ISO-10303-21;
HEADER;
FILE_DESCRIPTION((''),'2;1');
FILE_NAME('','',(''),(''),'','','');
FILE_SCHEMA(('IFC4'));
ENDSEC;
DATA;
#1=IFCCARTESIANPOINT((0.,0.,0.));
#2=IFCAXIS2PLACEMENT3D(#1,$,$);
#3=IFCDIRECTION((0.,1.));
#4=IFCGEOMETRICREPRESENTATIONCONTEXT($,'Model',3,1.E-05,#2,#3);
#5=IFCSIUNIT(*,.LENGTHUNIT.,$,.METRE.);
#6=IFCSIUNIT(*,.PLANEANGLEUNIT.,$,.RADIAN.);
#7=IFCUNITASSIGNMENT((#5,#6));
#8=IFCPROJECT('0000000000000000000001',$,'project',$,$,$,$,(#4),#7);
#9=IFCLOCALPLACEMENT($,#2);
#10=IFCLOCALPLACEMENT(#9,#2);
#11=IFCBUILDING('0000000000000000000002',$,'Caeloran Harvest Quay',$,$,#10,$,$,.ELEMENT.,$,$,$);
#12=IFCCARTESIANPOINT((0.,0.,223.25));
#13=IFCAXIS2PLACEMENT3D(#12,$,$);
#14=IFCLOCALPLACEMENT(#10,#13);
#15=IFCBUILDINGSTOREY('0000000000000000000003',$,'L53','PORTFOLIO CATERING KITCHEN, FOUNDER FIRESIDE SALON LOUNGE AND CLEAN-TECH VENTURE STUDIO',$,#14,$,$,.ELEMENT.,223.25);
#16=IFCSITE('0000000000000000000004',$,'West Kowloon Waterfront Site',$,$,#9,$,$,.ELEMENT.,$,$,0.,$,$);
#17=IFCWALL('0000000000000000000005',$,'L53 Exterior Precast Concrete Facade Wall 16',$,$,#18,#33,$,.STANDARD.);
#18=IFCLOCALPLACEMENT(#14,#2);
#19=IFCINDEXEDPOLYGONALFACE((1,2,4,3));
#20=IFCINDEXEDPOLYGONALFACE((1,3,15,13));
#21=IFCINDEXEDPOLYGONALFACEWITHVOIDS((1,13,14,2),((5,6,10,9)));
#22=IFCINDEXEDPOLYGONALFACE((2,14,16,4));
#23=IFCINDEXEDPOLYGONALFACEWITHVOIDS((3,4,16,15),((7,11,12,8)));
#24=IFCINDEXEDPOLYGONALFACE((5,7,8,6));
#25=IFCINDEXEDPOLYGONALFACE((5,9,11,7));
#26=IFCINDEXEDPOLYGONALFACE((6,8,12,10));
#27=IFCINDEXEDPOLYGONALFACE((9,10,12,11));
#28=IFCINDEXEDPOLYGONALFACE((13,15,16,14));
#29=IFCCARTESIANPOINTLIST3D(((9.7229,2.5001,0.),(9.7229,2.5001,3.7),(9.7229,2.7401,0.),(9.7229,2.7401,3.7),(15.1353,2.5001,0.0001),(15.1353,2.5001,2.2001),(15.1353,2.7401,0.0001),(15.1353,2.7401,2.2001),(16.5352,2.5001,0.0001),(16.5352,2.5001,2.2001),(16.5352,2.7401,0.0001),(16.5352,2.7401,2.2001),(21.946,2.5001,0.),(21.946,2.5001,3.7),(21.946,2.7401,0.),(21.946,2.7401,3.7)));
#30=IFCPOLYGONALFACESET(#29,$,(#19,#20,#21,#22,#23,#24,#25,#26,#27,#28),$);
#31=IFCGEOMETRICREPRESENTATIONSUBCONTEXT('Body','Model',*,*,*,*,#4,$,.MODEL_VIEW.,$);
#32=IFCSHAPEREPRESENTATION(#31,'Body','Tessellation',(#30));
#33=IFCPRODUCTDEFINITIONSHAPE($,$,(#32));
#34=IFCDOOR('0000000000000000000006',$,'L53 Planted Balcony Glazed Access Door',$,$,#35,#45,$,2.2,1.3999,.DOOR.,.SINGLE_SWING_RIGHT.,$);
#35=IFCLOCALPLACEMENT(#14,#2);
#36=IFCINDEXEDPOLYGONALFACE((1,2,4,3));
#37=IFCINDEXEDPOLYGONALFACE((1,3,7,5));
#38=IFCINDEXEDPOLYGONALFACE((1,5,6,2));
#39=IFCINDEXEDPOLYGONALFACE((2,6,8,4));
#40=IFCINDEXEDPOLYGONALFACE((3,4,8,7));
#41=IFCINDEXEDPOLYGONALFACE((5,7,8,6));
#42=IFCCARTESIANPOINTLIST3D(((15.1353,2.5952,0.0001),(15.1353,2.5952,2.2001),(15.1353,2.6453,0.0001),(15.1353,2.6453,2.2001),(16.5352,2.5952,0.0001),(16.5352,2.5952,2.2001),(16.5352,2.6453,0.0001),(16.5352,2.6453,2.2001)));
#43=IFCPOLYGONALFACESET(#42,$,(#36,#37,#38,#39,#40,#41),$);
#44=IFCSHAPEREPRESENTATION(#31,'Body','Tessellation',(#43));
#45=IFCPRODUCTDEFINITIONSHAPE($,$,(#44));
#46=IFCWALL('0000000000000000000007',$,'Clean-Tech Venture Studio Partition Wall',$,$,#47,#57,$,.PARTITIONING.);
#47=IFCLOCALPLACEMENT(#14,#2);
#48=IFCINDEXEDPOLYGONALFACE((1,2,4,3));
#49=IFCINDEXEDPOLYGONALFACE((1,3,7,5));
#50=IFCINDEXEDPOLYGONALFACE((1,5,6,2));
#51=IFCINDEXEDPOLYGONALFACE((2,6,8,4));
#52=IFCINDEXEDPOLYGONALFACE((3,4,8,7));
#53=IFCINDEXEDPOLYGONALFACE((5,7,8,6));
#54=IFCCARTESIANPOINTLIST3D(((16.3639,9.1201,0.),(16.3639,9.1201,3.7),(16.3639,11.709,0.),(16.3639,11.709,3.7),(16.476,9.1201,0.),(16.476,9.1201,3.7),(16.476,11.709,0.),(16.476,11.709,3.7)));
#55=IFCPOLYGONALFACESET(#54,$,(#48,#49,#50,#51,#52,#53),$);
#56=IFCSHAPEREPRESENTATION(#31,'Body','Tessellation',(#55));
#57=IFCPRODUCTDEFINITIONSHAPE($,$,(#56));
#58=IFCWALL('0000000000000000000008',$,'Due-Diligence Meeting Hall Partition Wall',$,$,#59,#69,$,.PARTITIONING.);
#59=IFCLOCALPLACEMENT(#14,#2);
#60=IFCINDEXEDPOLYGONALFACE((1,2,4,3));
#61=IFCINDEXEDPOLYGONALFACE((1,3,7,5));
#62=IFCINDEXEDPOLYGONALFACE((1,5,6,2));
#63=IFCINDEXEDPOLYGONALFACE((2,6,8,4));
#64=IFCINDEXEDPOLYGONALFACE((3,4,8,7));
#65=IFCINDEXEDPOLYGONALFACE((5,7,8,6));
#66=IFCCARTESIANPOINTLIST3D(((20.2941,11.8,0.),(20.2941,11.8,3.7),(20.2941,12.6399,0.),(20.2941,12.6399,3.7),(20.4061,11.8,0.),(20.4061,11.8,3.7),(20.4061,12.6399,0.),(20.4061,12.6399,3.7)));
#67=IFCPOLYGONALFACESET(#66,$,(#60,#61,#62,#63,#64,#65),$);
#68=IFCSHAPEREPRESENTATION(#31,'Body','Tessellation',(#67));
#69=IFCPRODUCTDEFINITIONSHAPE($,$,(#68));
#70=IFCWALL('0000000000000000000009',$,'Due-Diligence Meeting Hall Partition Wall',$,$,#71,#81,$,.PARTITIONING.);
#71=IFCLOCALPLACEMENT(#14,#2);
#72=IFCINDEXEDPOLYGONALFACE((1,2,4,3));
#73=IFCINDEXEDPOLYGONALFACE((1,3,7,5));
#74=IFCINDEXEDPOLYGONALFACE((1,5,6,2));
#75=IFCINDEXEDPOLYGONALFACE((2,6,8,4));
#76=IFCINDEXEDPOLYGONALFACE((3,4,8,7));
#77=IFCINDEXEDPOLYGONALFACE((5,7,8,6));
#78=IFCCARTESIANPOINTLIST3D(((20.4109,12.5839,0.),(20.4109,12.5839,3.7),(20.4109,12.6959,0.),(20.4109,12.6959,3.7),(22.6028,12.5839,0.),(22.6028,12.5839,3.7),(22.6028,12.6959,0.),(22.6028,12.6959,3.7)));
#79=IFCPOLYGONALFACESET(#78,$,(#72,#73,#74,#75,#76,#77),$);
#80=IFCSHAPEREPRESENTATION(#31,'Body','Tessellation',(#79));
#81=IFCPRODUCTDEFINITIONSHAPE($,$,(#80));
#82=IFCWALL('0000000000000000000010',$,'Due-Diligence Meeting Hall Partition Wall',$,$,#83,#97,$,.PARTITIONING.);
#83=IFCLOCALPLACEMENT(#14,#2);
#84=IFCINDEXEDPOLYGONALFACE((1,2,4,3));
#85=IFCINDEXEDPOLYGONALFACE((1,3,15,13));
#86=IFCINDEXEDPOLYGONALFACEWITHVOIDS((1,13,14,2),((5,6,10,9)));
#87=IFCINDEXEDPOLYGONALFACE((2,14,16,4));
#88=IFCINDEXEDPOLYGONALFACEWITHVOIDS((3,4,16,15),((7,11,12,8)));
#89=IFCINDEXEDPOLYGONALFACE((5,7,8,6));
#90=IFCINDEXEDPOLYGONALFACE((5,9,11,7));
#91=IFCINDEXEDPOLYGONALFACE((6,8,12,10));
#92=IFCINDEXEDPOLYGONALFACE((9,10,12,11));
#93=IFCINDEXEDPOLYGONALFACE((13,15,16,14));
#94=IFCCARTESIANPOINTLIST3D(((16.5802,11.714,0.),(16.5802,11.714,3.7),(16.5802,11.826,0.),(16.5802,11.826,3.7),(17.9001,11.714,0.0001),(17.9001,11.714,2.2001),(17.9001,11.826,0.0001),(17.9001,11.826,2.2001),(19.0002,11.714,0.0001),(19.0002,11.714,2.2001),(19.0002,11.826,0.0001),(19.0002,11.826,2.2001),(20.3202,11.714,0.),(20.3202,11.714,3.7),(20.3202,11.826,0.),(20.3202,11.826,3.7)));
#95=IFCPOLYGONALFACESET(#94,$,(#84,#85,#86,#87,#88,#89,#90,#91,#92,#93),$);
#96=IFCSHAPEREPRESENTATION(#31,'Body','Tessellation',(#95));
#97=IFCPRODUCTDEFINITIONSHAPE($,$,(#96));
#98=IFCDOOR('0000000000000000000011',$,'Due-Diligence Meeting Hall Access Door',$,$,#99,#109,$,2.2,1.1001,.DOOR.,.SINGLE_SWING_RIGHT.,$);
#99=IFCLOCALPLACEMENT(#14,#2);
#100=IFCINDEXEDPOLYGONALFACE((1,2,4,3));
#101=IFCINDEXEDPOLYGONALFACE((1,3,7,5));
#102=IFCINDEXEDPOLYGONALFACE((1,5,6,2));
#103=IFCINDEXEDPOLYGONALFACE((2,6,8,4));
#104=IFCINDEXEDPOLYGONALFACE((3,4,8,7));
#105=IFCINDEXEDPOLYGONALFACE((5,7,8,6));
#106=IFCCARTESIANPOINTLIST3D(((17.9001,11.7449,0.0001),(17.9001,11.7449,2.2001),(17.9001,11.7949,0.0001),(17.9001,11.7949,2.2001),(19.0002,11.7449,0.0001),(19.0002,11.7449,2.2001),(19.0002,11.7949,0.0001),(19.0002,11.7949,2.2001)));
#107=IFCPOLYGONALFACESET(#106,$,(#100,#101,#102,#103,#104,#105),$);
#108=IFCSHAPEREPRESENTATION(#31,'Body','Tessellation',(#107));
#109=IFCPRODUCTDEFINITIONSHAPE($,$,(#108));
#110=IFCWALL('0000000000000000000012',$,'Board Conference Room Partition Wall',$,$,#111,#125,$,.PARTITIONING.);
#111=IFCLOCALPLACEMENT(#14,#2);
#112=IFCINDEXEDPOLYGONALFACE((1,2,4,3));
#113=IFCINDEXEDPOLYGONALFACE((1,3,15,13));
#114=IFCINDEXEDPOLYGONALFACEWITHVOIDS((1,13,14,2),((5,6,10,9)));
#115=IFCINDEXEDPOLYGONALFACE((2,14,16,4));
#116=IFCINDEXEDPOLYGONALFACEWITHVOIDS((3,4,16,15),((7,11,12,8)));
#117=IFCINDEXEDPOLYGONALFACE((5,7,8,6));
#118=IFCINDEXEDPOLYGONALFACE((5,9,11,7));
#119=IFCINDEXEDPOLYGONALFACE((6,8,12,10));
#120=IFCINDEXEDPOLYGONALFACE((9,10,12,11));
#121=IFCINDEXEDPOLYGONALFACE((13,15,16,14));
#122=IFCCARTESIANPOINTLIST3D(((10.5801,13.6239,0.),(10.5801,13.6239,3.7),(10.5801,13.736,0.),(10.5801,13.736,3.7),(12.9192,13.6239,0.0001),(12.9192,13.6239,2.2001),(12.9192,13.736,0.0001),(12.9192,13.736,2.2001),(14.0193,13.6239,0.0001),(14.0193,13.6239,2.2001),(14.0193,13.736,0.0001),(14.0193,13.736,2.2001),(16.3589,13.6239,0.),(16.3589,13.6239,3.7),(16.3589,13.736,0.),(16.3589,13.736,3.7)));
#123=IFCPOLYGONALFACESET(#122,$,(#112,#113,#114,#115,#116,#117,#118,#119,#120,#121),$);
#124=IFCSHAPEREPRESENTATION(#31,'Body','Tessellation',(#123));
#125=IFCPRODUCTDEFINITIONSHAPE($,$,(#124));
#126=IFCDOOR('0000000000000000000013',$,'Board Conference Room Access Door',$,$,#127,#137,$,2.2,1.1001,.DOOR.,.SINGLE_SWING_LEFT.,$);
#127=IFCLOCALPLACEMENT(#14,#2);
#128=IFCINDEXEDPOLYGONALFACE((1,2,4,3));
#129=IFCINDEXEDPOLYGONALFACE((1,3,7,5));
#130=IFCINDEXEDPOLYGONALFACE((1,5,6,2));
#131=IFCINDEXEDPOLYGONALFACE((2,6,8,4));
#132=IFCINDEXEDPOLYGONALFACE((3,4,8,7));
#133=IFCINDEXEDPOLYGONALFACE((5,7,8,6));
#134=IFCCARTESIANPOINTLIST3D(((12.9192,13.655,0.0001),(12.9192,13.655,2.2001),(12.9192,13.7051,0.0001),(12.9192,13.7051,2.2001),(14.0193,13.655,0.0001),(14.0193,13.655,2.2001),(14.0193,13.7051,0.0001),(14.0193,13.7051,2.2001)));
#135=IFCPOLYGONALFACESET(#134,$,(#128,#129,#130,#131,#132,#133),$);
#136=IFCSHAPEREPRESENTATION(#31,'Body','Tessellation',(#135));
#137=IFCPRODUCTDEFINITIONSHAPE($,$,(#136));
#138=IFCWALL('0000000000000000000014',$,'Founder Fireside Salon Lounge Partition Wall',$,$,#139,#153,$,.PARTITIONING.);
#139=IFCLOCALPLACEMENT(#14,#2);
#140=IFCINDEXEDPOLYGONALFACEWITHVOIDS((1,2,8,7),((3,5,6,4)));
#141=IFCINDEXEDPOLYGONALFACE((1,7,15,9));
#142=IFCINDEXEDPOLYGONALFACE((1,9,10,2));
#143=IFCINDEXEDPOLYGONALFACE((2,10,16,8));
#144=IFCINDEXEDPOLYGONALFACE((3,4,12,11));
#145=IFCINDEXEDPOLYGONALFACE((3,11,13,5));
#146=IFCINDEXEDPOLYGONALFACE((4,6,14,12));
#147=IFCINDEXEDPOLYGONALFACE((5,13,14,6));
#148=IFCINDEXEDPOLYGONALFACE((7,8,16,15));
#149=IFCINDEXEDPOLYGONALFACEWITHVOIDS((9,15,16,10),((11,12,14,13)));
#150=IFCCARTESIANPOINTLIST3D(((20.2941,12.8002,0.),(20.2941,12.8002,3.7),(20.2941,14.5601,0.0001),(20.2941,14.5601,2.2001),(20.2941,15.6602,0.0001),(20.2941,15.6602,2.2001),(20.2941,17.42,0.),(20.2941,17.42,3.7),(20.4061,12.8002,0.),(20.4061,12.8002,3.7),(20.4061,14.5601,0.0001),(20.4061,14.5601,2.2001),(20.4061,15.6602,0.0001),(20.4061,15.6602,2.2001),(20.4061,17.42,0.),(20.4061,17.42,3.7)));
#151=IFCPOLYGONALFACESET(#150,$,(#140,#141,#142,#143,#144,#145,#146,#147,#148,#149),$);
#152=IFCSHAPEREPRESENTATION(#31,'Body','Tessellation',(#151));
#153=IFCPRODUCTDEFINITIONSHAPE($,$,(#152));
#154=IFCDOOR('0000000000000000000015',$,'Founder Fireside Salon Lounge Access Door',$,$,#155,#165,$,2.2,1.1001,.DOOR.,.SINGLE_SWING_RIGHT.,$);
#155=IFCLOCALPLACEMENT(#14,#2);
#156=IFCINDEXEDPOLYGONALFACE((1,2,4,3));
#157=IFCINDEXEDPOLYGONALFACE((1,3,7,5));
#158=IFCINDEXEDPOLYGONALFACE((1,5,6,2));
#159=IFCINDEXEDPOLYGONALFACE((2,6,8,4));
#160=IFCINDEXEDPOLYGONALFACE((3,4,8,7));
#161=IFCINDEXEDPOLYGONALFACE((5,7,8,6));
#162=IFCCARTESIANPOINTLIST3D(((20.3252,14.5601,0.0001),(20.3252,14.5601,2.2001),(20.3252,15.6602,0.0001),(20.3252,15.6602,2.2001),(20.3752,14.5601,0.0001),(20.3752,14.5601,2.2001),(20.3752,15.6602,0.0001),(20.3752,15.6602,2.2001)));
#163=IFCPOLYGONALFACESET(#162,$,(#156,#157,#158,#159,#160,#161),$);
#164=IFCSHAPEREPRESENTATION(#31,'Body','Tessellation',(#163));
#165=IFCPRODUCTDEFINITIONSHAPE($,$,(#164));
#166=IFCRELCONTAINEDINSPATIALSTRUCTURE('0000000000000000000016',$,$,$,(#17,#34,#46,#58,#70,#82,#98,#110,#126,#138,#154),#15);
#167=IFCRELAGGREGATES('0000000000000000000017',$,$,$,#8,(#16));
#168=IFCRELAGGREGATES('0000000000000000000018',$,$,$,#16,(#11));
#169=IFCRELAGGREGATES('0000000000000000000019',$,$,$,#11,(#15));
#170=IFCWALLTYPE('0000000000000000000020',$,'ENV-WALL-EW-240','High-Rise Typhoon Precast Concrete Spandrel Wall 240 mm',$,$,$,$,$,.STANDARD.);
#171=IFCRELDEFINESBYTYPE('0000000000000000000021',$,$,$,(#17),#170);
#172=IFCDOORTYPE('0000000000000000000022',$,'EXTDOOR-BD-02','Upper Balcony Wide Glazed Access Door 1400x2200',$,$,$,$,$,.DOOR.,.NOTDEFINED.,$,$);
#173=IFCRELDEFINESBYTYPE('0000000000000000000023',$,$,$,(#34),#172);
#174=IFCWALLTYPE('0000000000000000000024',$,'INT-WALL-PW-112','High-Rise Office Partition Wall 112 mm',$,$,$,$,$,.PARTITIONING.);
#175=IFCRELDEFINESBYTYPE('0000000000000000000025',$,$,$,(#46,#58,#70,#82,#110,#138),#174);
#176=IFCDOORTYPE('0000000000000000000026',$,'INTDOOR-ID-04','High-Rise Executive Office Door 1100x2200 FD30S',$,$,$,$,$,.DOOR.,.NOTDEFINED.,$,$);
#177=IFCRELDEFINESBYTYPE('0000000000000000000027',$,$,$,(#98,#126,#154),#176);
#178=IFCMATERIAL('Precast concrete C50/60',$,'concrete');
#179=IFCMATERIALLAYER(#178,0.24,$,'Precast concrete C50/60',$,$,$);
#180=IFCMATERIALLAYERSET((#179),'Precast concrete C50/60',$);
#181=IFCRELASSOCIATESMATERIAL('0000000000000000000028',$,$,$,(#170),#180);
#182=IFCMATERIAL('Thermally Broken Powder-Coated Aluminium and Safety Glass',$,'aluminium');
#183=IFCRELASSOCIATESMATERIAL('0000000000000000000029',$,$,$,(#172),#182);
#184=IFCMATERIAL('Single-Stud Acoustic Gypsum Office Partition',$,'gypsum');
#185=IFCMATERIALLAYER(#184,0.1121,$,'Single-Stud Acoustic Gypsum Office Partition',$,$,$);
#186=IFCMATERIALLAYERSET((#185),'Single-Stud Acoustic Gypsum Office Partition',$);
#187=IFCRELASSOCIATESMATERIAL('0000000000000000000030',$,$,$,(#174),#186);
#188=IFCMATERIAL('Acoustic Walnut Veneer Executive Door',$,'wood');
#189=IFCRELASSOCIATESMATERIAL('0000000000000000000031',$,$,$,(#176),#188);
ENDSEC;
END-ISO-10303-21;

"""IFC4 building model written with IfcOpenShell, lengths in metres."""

from ifc_helpers import new_model, si_unit, direction, frame, frame_2d, origin, place, context, subcontext, project, spatial, rectangle, extrude, material, layer, layer_set, type_object, element, fill, save


model = new_model("IFC4")

# Units and contexts
model_context = context("Model", 3, precision=1e-05, world=origin(), true_north=direction((0.0, 1.0)))
body_context = subcontext(model_context, "Body", "Model", "MODEL_VIEW")
ifc_project = project(units=[si_unit("LENGTHUNIT", "METRE"), si_unit("PLANEANGLEUNIT", "RADIAN")], contexts=[model_context])

# Site, building, storey
site_placement = place(None, origin())
site = spatial("IfcSite", under=ifc_project, at=site_placement, Name="West Kowloon Waterfront Site", CompositionType="ELEMENT", RefElevation=0.0)
building_placement = place(site_placement, origin())
building = spatial("IfcBuilding", under=site, at=building_placement, Name="Caeloran Harvest Quay", CompositionType="ELEMENT")
storey_placement = place(building_placement, frame((0.0, 0.0, 223.25)))
storey = spatial("IfcBuildingStorey", under=building, at=storey_placement, Name="L53", Description="PORTFOLIO CATERING KITCHEN, FOUNDER FIRESIDE SALON LOUNGE AND CLEAN-TECH VENTURE STUDIO", CompositionType="ELEMENT", Elevation=223.25)

# Shared definitions
ifc_material_1 = material(Name="Precast concrete C50/60", Category="concrete")

# Shared definitions
ifc_layer_1 = layer(ifc_material_1, 0.24, Name="Precast concrete C50/60")
ifc_layer_set_1 = layer_set([ifc_layer_1], Name="Precast concrete C50/60")
wall_type_1 = type_object("IfcWallType", Name="ENV-WALL-EW-240", Description="High-Rise Typhoon Precast Concrete Spandrel Wall 240 mm", PredefinedType="STANDARD", material=ifc_layer_set_1)

# Wall, opening, door
wall_1_placement = place(storey_placement, frame((21.946, 2.6201, 0.0), z_axis=(0.0, 0.0, 1.0), x_axis=(-1.0, 0.0, 0.0)))
wall_1 = element("IfcWall", 1, at=wall_1_placement, inside=storey, type_object=wall_type_1, Name="L53 Exterior Precast Concrete Facade Wall 16", PredefinedType="STANDARD", context=body_context, shape_type="SweptSolid", body=[
    extrude(rectangle(XDim=12.2231, YDim=0.24, at=frame_2d((6.1116, 0.0))), origin(), (0.0, 0.0, 1.0), 3.7),
])
opening_1_placement = place(wall_1_placement, frame((5.4109, 0.0, 0.0)))
opening_1 = element("IfcOpeningElement", 2, at=opening_1_placement, cuts=wall_1, PredefinedType="OPENING", context=body_context, shape_type="SweptSolid", body=[
    extrude(rectangle(XDim=1.3999, YDim=2.2, at=frame_2d((0.7, 1.1001))), frame((0.0, 0.1299, 0.0), z_axis=(0.0, -1.0, 0.0), x_axis=(1.0, 0.0, 0.0)), (0.0, 0.0, 1.0), 0.26),
])
ifc_material_2 = material(Name="Thermally Broken Powder-Coated Aluminium and Safety Glass", Category="aluminium")
door_type_1 = type_object("IfcDoorType", Name="EXTDOOR-BD-02", Description="Upper Balcony Wide Glazed Access Door 1400x2200", OperationType="NOTDEFINED", PredefinedType="DOOR", material=ifc_material_2)
door_1_placement = place(opening_1_placement, origin())
door_1 = element("IfcDoor", 3, at=door_1_placement, inside=storey, type_object=door_type_1, Name="L53 Planted Balcony Glazed Access Door", OperationType="SINGLE_SWING_RIGHT", OverallHeight=2.2, OverallWidth=1.3999, PredefinedType="DOOR", context=body_context, shape_type="SweptSolid", body=[
    extrude(rectangle(XDim=1.3999, YDim=2.2, at=frame_2d((0.7, 1.1001))), frame((0.0, 0.0249, 0.0), z_axis=(0.0, -1.0, 0.0), x_axis=(1.0, 0.0, 0.0)), (0.0, 0.0, 1.0), 0.05),
])
fill(opening_1, door_1)

# Walls
ifc_material_3 = material(Name="Single-Stud Acoustic Gypsum Office Partition", Category="gypsum")
ifc_layer_2 = layer(ifc_material_3, 0.1121, Name="Single-Stud Acoustic Gypsum Office Partition")
ifc_layer_set_2 = layer_set([ifc_layer_2], Name="Single-Stud Acoustic Gypsum Office Partition")
wall_type_2 = type_object("IfcWallType", Name="INT-WALL-PW-112", Description="High-Rise Office Partition Wall 112 mm", PredefinedType="PARTITIONING", material=ifc_layer_set_2)
wall_2_placement = place(storey_placement, frame((16.4199, 11.709, 0.0), z_axis=(0.0, 0.0, 1.0), x_axis=(0.0, -1.0, 0.0)))
element("IfcWall", 4, at=wall_2_placement, inside=storey, type_object=wall_type_2, Name="Clean-Tech Venture Studio Partition Wall", PredefinedType="PARTITIONING", context=body_context, shape_type="SweptSolid", body=[
    extrude(rectangle(XDim=2.5889, YDim=0.1121, at=frame_2d((1.2944, 0.0))), origin(), (0.0, 0.0, 1.0), 3.7),
])
wall_3_placement = place(storey_placement, frame((20.3501, 11.8, 0.0), z_axis=(0.0, 0.0, 1.0), x_axis=(0.0, 1.0, 0.0)))
element("IfcWall", 5, at=wall_3_placement, inside=storey, type_object=wall_type_2, Name="Due-Diligence Meeting Hall Partition Wall", PredefinedType="PARTITIONING", context=body_context, shape_type="SweptSolid", body=[
    extrude(rectangle(XDim=0.8398, YDim=0.1121, at=frame_2d((0.4199, 0.0))), origin(), (0.0, 0.0, 1.0), 3.7),
])
wall_4_placement = place(storey_placement, frame((20.4109, 12.6399, 0.0), z_axis=(0.0, 0.0, 1.0), x_axis=(1.0, 0.0, 0.0)))
element("IfcWall", 6, at=wall_4_placement, inside=storey, type_object=wall_type_2, Name="Due-Diligence Meeting Hall Partition Wall", PredefinedType="PARTITIONING", context=body_context, shape_type="SweptSolid", body=[
    extrude(rectangle(XDim=2.1919, YDim=0.1121, at=frame_2d((1.0959, 0.0))), origin(), (0.0, 0.0, 1.0), 3.7),
])

# Walls, openings, doors
wall_5_placement = place(storey_placement, frame((16.5801, 11.77, 0.0), z_axis=(0.0, 0.0, 1.0), x_axis=(1.0, 0.0, 0.0)))
wall_5 = element("IfcWall", 7, at=wall_5_placement, inside=storey, type_object=wall_type_2, Name="Due-Diligence Meeting Hall Partition Wall", PredefinedType="PARTITIONING", context=body_context, shape_type="SweptSolid", body=[
    extrude(rectangle(XDim=3.74, YDim=0.1121, at=frame_2d((1.8701, 0.0))), origin(), (0.0, 0.0, 1.0), 3.7),
])
opening_2_placement = place(wall_5_placement, frame((1.3201, 0.0, 0.0)))
opening_2 = element("IfcOpeningElement", 8, at=opening_2_placement, cuts=wall_5, PredefinedType="OPENING", context=body_context, shape_type="SweptSolid", body=[
    extrude(rectangle(XDim=1.1001, YDim=2.2, at=frame_2d((0.55, 1.1001))), frame((0.0, 0.0659, 0.0), z_axis=(0.0, -1.0, 0.0), x_axis=(1.0, 0.0, 0.0)), (0.0, 0.0, 1.0), 0.1321),
])
ifc_material_4 = material(Name="Acoustic Walnut Veneer Executive Door", Category="wood")
door_type_2 = type_object("IfcDoorType", Name="INTDOOR-ID-04", Description="High-Rise Executive Office Door 1100x2200 FD30S", OperationType="NOTDEFINED", PredefinedType="DOOR", material=ifc_material_4)
door_2_placement = place(opening_2_placement, origin())
door_2 = element("IfcDoor", 9, at=door_2_placement, inside=storey, type_object=door_type_2, Name="Due-Diligence Meeting Hall Access Door", OperationType="SINGLE_SWING_RIGHT", OverallHeight=2.2, OverallWidth=1.1001, PredefinedType="DOOR", context=body_context, shape_type="SweptSolid", body=[
    extrude(rectangle(XDim=1.1001, YDim=2.2, at=frame_2d((0.55, 1.1001))), frame((0.0, 0.0249, 0.0), z_axis=(0.0, -1.0, 0.0), x_axis=(1.0, 0.0, 0.0)), (0.0, 0.0, 1.0), 0.05),
])
fill(opening_2, door_2)
wall_6_placement = place(storey_placement, frame((16.3589, 13.6799, 0.0), z_axis=(0.0, 0.0, 1.0), x_axis=(-1.0, 0.0, 0.0)))
wall_6 = element("IfcWall", 10, at=wall_6_placement, inside=storey, type_object=wall_type_2, Name="Board Conference Room Partition Wall", PredefinedType="PARTITIONING", context=body_context, shape_type="SweptSolid", body=[
    extrude(rectangle(XDim=5.7788, YDim=0.1121, at=frame_2d((2.8894, 0.0))), origin(), (0.0, 0.0, 1.0), 3.7),
])
opening_3_placement = place(wall_6_placement, frame((2.3396, 0.0, 0.0)))
opening_3 = element("IfcOpeningElement", 11, at=opening_3_placement, cuts=wall_6, PredefinedType="OPENING", context=body_context, shape_type="SweptSolid", body=[
    extrude(rectangle(XDim=1.1001, YDim=2.2, at=frame_2d((0.55, 1.1001))), frame((0.0, 0.0659, 0.0), z_axis=(0.0, -1.0, 0.0), x_axis=(1.0, 0.0, 0.0)), (0.0, 0.0, 1.0), 0.1321),
])
door_3_placement = place(opening_3_placement, origin())
door_3 = element("IfcDoor", 12, at=door_3_placement, inside=storey, type_object=door_type_2, Name="Board Conference Room Access Door", OperationType="SINGLE_SWING_LEFT", OverallHeight=2.2, OverallWidth=1.1001, PredefinedType="DOOR", context=body_context, shape_type="SweptSolid", body=[
    extrude(rectangle(XDim=1.1001, YDim=2.2, at=frame_2d((0.55, 1.1001))), frame((0.0, 0.0249, 0.0), z_axis=(0.0, -1.0, 0.0), x_axis=(1.0, 0.0, 0.0)), (0.0, 0.0, 1.0), 0.05),
])
fill(opening_3, door_3)
wall_7_placement = place(storey_placement, frame((20.3501, 12.8, 0.0), z_axis=(0.0, 0.0, 1.0), x_axis=(0.0, 1.0, 0.0)))
wall_7 = element("IfcWall", 13, at=wall_7_placement, inside=storey, type_object=wall_type_2, Name="Founder Fireside Salon Lounge Partition Wall", PredefinedType="PARTITIONING", context=body_context, shape_type="SweptSolid", body=[
    extrude(rectangle(XDim=4.6199, YDim=0.1121, at=frame_2d((2.3101, 0.0))), origin(), (0.0, 0.0, 1.0), 3.7),
])
opening_4_placement = place(wall_7_placement, frame((1.76, 0.0, 0.0)))
opening_4 = element("IfcOpeningElement", 14, at=opening_4_placement, cuts=wall_7, PredefinedType="OPENING", context=body_context, shape_type="SweptSolid", body=[
    extrude(rectangle(XDim=1.1001, YDim=2.2, at=frame_2d((0.55, 1.1001))), frame((0.0, 0.0659, 0.0), z_axis=(0.0, -1.0, 0.0), x_axis=(1.0, 0.0, 0.0)), (0.0, 0.0, 1.0), 0.1321),
])
door_4_placement = place(opening_4_placement, origin())
door_4 = element("IfcDoor", 15, at=door_4_placement, inside=storey, type_object=door_type_2, Name="Founder Fireside Salon Lounge Access Door", OperationType="SINGLE_SWING_RIGHT", OverallHeight=2.2, OverallWidth=1.1001, PredefinedType="DOOR", context=body_context, shape_type="SweptSolid", body=[
    extrude(rectangle(XDim=1.1001, YDim=2.2, at=frame_2d((0.55, 1.1001))), frame((0.0, 0.0249, 0.0), z_axis=(0.0, -1.0, 0.0), x_axis=(1.0, 0.0, 0.0)), (0.0, 0.0, 1.0), 0.05),
])
fill(opening_4, door_4)

save(model, "model.ifc")
